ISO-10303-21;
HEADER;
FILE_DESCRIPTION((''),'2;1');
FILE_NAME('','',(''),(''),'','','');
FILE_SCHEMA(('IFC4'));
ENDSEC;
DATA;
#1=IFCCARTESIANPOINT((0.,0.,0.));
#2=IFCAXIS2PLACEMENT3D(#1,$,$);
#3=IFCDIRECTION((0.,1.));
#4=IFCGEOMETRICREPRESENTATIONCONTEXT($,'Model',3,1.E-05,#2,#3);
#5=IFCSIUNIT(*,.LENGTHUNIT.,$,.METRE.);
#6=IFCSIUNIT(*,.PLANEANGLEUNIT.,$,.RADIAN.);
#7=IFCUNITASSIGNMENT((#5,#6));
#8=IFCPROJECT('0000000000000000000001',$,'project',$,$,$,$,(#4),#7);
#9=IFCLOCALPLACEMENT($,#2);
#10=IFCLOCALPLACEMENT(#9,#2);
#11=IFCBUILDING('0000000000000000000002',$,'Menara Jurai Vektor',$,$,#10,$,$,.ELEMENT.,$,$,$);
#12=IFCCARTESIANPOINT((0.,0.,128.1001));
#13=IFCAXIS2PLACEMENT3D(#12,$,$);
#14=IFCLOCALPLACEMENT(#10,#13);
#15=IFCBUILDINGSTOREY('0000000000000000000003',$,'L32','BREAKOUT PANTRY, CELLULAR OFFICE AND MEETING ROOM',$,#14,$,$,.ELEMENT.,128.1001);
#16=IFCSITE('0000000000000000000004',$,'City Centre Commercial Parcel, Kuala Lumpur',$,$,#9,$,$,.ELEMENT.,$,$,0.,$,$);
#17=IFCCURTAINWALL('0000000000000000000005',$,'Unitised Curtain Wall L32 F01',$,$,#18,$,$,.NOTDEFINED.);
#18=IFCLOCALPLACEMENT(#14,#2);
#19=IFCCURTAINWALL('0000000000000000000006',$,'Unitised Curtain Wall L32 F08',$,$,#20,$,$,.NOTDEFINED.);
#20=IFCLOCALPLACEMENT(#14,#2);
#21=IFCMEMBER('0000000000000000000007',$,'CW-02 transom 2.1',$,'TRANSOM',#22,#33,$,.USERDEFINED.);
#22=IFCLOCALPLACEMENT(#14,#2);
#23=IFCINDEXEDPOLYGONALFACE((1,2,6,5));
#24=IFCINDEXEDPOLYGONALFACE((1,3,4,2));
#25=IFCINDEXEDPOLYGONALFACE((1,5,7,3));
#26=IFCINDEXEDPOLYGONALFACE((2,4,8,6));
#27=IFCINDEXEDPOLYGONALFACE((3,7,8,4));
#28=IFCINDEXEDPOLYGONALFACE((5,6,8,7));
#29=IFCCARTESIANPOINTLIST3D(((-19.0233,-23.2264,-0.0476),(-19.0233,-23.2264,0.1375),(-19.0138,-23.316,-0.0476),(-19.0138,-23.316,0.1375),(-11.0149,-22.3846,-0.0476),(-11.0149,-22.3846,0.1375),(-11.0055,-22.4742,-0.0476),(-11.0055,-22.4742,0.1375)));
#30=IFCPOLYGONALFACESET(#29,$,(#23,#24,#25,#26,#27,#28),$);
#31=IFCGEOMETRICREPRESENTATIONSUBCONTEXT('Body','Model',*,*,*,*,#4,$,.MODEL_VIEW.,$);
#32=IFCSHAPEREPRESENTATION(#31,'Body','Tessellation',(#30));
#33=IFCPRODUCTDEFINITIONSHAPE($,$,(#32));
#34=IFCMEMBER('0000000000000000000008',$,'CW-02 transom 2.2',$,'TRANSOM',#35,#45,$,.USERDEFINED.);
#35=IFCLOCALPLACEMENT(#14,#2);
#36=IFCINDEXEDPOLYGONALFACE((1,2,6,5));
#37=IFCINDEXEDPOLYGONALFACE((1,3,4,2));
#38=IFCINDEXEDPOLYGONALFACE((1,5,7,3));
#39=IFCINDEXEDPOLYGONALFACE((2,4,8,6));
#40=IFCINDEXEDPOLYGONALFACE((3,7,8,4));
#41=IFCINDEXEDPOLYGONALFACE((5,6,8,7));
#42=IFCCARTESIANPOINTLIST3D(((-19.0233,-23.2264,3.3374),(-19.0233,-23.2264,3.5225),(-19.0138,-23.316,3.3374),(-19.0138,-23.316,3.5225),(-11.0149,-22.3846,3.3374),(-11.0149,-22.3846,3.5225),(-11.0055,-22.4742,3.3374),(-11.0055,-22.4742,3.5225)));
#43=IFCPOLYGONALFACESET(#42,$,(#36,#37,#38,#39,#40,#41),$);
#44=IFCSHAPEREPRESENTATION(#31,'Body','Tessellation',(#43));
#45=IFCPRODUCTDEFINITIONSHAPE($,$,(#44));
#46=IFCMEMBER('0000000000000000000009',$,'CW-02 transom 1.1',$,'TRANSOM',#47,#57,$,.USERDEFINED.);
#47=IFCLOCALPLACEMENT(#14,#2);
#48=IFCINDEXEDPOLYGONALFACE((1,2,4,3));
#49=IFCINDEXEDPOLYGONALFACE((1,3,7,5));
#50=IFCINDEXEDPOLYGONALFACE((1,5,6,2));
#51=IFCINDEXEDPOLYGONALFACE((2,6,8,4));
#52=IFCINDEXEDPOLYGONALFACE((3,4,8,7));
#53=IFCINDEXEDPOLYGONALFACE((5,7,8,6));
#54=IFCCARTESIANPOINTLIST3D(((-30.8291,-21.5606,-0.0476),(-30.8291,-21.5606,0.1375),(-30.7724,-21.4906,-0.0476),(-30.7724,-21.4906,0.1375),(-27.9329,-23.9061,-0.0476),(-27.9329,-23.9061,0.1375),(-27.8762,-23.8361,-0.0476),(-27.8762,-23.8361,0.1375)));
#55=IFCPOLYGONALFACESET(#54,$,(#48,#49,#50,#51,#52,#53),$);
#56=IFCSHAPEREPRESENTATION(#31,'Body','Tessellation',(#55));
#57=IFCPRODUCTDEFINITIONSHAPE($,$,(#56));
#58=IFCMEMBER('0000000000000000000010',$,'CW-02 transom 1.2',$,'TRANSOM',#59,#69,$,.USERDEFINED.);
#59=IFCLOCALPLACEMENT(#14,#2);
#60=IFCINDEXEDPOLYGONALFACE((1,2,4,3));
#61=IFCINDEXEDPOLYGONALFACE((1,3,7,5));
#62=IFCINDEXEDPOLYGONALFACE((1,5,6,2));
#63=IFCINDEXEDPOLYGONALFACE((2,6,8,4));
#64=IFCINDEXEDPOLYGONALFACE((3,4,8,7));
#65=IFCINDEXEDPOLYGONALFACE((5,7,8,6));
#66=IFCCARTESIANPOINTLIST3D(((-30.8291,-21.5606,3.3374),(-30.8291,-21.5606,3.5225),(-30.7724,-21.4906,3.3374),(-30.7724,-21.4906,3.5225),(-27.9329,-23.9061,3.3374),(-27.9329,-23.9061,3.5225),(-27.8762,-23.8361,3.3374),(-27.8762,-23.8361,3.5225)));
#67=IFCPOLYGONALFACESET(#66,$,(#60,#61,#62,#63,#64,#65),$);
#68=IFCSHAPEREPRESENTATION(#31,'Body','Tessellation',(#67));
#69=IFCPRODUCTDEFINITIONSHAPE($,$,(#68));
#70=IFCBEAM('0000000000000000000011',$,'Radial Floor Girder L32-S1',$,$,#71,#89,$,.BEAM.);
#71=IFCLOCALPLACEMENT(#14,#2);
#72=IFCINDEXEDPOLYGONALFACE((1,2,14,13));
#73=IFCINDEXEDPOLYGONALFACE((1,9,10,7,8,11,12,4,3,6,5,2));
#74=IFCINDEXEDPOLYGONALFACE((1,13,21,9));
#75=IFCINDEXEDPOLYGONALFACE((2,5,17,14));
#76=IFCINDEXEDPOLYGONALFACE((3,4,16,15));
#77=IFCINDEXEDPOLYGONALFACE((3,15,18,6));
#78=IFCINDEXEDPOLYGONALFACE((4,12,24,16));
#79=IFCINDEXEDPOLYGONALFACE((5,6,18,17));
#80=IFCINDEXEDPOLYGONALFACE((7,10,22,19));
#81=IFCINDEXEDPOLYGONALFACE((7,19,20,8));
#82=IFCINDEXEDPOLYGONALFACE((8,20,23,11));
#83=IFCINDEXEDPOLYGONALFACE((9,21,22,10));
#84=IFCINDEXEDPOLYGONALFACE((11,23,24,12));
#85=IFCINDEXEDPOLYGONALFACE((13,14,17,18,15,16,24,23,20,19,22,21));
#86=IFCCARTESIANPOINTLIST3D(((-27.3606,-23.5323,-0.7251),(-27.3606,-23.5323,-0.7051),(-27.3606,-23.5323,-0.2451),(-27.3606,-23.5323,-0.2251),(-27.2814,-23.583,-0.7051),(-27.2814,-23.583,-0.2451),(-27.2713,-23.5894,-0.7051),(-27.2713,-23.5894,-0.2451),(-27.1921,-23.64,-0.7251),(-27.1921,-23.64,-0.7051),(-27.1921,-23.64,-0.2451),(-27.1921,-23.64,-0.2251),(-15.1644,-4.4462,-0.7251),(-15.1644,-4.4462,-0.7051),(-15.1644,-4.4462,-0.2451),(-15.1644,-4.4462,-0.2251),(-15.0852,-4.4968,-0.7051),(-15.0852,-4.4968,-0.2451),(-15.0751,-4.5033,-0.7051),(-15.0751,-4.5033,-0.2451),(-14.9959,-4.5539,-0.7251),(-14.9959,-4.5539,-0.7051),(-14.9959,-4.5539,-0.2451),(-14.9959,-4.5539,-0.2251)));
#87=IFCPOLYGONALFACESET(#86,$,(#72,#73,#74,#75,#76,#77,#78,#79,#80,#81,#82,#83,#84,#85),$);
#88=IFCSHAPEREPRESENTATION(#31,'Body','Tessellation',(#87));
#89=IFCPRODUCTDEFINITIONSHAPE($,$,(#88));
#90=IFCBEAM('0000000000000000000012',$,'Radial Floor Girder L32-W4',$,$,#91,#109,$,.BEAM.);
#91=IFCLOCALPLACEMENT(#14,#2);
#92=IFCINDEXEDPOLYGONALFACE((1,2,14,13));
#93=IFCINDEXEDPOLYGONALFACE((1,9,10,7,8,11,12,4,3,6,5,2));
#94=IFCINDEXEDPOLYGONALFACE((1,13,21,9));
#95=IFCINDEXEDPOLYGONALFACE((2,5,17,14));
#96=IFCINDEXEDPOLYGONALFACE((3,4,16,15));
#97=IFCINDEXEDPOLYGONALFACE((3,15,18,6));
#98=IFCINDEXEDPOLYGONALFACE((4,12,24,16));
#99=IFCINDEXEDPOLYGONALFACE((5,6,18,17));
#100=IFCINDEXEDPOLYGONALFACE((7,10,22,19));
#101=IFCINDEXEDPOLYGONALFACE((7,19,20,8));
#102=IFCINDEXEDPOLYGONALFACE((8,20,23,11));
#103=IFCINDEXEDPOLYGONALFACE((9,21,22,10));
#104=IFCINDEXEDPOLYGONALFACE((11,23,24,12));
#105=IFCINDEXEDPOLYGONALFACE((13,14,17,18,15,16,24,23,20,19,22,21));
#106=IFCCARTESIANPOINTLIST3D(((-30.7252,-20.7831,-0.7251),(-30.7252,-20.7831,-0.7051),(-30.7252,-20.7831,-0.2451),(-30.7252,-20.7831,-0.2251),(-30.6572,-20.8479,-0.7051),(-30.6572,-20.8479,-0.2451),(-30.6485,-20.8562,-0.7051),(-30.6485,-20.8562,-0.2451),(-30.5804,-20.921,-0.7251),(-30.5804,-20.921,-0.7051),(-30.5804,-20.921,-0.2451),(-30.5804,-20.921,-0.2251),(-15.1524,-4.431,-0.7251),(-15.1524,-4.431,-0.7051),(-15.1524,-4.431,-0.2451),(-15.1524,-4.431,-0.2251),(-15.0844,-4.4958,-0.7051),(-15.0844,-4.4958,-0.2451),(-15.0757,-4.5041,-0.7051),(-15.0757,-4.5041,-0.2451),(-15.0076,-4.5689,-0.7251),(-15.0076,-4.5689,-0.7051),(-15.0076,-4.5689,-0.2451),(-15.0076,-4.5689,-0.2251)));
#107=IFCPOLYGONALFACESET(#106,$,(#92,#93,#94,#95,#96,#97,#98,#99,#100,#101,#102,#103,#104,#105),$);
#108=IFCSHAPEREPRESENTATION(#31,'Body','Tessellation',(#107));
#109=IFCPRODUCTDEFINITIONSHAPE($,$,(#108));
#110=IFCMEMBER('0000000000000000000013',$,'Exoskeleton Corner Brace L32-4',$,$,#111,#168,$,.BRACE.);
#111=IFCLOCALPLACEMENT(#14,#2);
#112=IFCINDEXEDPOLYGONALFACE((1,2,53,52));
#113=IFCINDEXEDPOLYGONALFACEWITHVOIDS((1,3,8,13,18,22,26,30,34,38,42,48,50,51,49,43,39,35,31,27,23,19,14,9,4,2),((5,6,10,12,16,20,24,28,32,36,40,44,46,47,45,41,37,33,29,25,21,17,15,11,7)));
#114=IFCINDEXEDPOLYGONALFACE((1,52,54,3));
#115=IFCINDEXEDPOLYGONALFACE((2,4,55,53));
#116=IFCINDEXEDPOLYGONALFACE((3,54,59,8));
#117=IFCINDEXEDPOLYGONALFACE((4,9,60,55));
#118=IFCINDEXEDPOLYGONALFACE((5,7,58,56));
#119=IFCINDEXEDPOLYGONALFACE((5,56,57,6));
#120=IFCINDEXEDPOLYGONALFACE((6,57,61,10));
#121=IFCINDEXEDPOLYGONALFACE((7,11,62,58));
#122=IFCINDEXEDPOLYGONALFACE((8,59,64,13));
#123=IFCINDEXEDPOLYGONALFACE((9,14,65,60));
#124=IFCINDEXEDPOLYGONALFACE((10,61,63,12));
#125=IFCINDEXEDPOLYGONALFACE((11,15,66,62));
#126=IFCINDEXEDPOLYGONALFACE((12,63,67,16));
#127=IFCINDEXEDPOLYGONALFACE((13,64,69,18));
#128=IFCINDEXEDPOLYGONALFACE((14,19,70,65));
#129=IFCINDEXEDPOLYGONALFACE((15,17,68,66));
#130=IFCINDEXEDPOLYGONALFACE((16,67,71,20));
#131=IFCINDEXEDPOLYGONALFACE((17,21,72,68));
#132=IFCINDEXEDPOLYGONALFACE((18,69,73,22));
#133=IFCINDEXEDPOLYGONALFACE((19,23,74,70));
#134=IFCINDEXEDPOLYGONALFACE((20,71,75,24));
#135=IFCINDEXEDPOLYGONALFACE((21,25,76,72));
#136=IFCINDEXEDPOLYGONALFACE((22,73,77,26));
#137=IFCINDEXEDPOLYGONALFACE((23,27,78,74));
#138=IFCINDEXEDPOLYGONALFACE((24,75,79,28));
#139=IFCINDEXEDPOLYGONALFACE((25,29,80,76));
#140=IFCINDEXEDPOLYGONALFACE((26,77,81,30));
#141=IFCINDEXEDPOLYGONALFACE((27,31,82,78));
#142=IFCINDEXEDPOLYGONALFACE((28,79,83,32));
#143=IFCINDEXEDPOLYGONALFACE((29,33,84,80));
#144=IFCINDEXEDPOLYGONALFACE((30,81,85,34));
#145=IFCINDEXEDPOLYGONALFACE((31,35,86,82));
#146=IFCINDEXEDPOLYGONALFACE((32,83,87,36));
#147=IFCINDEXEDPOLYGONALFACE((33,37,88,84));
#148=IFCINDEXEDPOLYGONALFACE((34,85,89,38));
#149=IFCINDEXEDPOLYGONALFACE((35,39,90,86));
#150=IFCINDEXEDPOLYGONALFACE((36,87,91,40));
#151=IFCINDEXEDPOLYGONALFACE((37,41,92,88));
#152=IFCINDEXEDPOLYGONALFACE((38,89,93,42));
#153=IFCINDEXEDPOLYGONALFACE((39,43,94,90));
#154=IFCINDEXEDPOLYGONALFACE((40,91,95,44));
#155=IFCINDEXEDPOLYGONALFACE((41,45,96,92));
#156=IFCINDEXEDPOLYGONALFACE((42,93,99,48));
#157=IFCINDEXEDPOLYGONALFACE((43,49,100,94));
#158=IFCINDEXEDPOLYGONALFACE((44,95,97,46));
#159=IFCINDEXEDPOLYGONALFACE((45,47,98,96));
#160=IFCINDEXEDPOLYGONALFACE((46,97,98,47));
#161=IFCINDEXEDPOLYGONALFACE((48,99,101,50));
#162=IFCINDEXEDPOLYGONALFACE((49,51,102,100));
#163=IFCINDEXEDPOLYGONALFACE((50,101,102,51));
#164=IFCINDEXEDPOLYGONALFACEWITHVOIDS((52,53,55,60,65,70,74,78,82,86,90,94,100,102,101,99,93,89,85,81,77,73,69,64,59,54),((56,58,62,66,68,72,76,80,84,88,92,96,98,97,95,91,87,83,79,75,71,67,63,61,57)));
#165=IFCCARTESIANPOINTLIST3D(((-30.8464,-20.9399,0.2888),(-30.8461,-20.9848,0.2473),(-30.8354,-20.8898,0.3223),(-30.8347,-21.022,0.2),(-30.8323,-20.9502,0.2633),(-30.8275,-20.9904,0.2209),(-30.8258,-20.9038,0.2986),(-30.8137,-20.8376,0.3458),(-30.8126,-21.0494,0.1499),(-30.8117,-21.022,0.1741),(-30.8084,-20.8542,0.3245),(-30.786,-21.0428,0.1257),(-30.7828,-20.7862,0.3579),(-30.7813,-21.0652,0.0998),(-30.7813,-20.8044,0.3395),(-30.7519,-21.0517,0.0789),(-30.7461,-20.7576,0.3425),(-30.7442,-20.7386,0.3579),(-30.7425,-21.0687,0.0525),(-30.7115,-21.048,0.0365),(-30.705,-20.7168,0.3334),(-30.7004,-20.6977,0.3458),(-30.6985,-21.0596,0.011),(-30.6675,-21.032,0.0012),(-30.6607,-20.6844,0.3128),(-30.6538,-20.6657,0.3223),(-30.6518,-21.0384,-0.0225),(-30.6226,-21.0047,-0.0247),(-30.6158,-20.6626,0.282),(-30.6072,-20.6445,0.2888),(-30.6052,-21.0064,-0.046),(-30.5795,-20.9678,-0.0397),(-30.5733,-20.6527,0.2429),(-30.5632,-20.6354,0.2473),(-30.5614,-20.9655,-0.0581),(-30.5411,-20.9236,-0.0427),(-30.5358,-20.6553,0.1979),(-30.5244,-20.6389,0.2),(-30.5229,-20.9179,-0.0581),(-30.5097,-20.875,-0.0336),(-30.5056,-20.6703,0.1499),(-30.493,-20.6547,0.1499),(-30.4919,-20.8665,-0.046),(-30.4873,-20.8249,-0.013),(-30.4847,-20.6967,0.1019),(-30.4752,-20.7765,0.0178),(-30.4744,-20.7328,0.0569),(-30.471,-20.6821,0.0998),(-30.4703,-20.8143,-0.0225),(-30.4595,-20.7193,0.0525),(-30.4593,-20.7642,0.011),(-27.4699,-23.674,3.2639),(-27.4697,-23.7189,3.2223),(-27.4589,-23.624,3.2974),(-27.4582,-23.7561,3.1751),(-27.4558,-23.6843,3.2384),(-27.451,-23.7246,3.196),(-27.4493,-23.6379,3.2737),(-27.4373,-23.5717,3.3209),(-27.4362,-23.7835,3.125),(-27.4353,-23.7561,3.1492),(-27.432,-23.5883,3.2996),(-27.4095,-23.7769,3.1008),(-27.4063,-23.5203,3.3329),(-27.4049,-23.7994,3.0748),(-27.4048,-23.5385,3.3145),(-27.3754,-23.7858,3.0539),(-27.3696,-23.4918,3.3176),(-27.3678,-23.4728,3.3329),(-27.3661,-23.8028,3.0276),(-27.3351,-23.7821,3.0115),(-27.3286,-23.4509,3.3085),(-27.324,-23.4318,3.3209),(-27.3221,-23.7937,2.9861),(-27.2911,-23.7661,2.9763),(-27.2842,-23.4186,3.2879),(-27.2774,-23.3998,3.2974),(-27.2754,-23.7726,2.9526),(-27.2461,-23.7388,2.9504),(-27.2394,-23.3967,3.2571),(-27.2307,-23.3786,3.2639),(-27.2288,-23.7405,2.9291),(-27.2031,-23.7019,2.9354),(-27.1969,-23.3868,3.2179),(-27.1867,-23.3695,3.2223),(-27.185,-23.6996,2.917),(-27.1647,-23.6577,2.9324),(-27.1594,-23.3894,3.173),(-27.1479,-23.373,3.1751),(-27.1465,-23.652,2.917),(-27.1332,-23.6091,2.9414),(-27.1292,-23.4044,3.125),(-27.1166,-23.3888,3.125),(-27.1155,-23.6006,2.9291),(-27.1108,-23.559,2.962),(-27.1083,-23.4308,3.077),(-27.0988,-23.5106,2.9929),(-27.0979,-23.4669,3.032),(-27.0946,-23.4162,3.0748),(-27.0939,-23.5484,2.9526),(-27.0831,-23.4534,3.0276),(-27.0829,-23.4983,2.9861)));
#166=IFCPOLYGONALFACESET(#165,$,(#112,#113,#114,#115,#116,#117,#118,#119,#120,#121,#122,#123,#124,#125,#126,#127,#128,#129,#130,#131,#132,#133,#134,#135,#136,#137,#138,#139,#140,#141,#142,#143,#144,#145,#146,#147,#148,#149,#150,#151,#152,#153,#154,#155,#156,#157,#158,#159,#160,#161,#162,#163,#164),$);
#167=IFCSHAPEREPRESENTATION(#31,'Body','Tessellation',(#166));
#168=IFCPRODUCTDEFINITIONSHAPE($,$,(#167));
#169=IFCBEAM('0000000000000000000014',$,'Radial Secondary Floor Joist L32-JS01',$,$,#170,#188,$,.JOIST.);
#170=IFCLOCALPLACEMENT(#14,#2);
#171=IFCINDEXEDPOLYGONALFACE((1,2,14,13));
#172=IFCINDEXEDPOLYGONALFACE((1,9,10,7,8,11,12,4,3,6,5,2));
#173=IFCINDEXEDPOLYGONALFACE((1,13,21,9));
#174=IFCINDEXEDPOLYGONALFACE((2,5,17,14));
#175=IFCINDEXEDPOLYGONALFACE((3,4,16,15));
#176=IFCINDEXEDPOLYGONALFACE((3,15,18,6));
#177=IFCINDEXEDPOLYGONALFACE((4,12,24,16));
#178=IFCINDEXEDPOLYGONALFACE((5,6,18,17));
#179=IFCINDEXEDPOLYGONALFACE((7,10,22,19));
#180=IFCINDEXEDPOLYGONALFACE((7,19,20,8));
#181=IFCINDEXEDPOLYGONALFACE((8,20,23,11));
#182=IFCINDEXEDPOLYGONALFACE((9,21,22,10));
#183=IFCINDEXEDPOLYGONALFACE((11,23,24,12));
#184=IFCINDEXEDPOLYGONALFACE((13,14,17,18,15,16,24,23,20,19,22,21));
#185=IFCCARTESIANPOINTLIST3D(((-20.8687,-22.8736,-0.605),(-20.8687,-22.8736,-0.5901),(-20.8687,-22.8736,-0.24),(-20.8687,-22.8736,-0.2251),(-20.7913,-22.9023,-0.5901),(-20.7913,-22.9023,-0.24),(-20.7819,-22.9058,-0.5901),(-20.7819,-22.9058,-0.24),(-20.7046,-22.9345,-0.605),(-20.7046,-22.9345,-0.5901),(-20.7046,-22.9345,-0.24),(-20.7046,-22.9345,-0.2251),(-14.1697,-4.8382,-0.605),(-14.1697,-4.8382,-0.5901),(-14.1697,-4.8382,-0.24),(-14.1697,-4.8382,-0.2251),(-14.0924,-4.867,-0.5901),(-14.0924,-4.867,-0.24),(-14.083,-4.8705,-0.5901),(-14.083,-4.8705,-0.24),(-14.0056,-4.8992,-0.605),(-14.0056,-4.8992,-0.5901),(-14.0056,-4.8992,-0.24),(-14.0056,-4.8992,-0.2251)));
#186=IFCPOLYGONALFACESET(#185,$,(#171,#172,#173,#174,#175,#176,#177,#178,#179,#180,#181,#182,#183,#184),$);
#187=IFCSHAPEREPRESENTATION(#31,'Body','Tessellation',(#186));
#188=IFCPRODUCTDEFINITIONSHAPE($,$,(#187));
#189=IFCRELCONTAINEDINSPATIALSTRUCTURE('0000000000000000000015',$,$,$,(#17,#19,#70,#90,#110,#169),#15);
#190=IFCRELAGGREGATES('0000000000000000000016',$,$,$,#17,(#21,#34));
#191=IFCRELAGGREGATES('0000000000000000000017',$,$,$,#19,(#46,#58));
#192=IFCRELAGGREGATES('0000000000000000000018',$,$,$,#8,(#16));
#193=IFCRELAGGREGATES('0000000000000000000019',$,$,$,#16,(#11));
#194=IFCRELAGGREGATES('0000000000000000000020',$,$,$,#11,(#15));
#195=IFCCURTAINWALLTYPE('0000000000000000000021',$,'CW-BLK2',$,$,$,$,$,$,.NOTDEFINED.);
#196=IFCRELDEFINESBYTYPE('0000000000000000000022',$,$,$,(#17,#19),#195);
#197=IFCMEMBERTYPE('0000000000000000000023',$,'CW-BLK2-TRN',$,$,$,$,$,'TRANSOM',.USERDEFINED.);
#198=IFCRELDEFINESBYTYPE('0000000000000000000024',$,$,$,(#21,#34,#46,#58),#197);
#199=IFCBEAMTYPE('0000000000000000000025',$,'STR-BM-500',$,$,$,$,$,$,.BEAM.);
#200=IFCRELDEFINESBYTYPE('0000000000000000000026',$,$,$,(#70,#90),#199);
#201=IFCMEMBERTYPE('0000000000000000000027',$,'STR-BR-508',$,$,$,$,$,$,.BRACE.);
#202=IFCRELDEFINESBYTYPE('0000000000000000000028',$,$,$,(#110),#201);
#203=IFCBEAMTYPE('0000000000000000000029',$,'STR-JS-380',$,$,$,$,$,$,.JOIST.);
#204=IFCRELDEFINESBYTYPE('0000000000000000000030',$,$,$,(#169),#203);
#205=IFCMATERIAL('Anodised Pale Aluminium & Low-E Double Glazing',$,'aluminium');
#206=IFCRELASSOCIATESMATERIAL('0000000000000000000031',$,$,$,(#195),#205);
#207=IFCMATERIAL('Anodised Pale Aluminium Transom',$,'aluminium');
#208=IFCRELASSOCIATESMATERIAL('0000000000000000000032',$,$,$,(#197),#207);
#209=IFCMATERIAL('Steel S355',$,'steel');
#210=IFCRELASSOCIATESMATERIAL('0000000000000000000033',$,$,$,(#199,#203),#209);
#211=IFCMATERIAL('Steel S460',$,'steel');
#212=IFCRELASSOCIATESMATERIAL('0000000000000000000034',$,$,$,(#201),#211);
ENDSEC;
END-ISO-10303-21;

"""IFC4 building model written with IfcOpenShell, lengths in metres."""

from ifc_helpers import new_model, si_unit, direction, frame, origin, origin_2d, place, context, subcontext, project, spatial, rectangle, hollow_circle, i_section, extrude, material, material_profile, profile_set, type_object, element, aggregate, save


model = new_model("IFC4")

# Units and contexts
model_context = context("Model", 3, precision=1e-05, world=origin(), true_north=direction((0.0, 1.0)))
body_context = subcontext(model_context, "Body", "Model", "MODEL_VIEW")
ifc_project = project(units=[si_unit("LENGTHUNIT", "METRE"), si_unit("PLANEANGLEUNIT", "RADIAN")], contexts=[model_context])

# Site, building, storey
site_placement = place(None, origin())
site = spatial("IfcSite", under=ifc_project, at=site_placement, Name="City Centre Commercial Parcel, Kuala Lumpur", CompositionType="ELEMENT", RefElevation=0.0)
building_placement = place(site_placement, origin())
building = spatial("IfcBuilding", under=site, at=building_placement, Name="Menara Jurai Vektor", CompositionType="ELEMENT")
storey_placement = place(building_placement, frame((0.0, 0.0, 128.1001)))
storey = spatial("IfcBuildingStorey", under=building, at=storey_placement, Name="L32", Description="BREAKOUT PANTRY, CELLULAR OFFICE AND MEETING ROOM", CompositionType="ELEMENT", Elevation=128.1001)

# Shared definitions
ifc_material_1 = material(Name="Steel S460", Category="steel")

# Curtain wall
ifc_material_2 = material(Name="Anodised Pale Aluminium & Low-E Double Glazing", Category="aluminium")
curtain_wall_type = type_object("IfcCurtainWallType", Name="CW-BLK2", PredefinedType="NOTDEFINED", material=ifc_material_2)
curtain_wall_1_placement = place(storey_placement, origin())
curtain_wall_1 = element("IfcCurtainWall", 1, at=curtain_wall_1_placement, inside=storey, type_object=curtain_wall_type, Name="Unitised Curtain Wall L32 F01", PredefinedType="NOTDEFINED")

# Curtain wall
curtain_wall_2_placement = place(storey_placement, origin())
curtain_wall_2 = element("IfcCurtainWall", 2, at=curtain_wall_2_placement, inside=storey, type_object=curtain_wall_type, Name="Unitised Curtain Wall L32 F08", PredefinedType="NOTDEFINED")

# Members
ifc_material_3 = material(Name="Anodised Pale Aluminium Transom", Category="aluminium")
ifc_material_profile_1 = material_profile(ifc_material_3, rectangle(XDim=0.0901, YDim=0.1851, at=origin_2d()), Name="ALU TRN 90x185")
ifc_profile_set_1 = profile_set([ifc_material_profile_1], Name="Anodised Pale Aluminium Transom")
member_type_1 = type_object("IfcMemberType", Name="CW-BLK2-TRN", ElementType="TRANSOM", PredefinedType="USERDEFINED", material=ifc_profile_set_1)
member_1_placement = place(storey_placement, frame((-19.0186, -23.2712, 0.0449), z_axis=(0.994521, 0.10454, 0.0), x_axis=(-0.10454, 0.994521, 0.0)))
member_1 = element("IfcMember", 3, at=member_1_placement, type_object=member_type_1, Name="CW-02 transom 2.1", ObjectType="TRANSOM", PredefinedType="USERDEFINED", context=body_context, shape_type="SweptSolid", body=[
    extrude(rectangle(XDim=0.0901, YDim=0.1851, at=origin_2d()), origin(), (0.0, 0.0, 1.0), 8.0525),
])
member_2_placement = place(storey_placement, frame((-19.0186, -23.2712, 3.4299), z_axis=(0.994521, 0.10454, 0.0), x_axis=(-0.10454, 0.994521, 0.0)))
member_2 = element("IfcMember", 4, at=member_2_placement, type_object=member_type_1, Name="CW-02 transom 2.2", ObjectType="TRANSOM", PredefinedType="USERDEFINED", context=body_context, shape_type="SweptSolid", body=[
    extrude(rectangle(XDim=0.0901, YDim=0.1851, at=origin_2d()), origin(), (0.0, 0.0, 1.0), 8.0525),
])
member_3_placement = place(storey_placement, frame((-30.8008, -21.5256, 0.0449), z_axis=(0.777129, -0.629341, 0.0), x_axis=(0.629341, 0.777129, 0.0)))
member_3 = element("IfcMember", 5, at=member_3_placement, type_object=member_type_1, Name="CW-02 transom 1.1", ObjectType="TRANSOM", PredefinedType="USERDEFINED", context=body_context, shape_type="SweptSolid", body=[
    extrude(rectangle(XDim=0.0901, YDim=0.1851, at=origin_2d()), origin(), (0.0, 0.0, 1.0), 3.7268),
])
member_4_placement = place(storey_placement, frame((-30.8008, -21.5256, 3.4299), z_axis=(0.777129, -0.629341, 0.0), x_axis=(0.629341, 0.777129, 0.0)))
member_4 = element("IfcMember", 6, at=member_4_placement, type_object=member_type_1, Name="CW-02 transom 1.2", ObjectType="TRANSOM", PredefinedType="USERDEFINED", context=body_context, shape_type="SweptSolid", body=[
    extrude(rectangle(XDim=0.0901, YDim=0.1851, at=origin_2d()), origin(), (0.0, 0.0, 1.0), 3.7268),
])

# Beams
ifc_material_4 = material(Name="Steel S355", Category="steel")
ifc_material_profile_2 = material_profile(ifc_material_4, i_section(OverallWidth=0.2, OverallDepth=0.5, WebThickness=0.012, FlangeThickness=0.02, at=origin_2d()), Name="PG 500x200x96")
ifc_profile_set_2 = profile_set([ifc_material_profile_2], Name="Steel S355")
beam_type_1 = type_object("IfcBeamType", Name="STR-BM-500", PredefinedType="BEAM", material=ifc_profile_set_2)
beam_1_placement = place(storey_placement, frame((-27.2764, -23.5862, -0.4751), z_axis=(0.538463, 0.842649, 0.0), x_axis=(-0.842649, 0.538463, 0.0)))
element("IfcBeam", 7, at=beam_1_placement, inside=storey, type_object=beam_type_1, Name="Radial Floor Girder L32-S1", PredefinedType="BEAM", context=body_context, shape_type="SweptSolid", body=[
    extrude(i_section(OverallWidth=0.2, OverallDepth=0.5, WebThickness=0.012, FlangeThickness=0.02, at=origin_2d()), origin(), (0.0, 0.0, 1.0), 22.6501),
])
beam_2_placement = place(storey_placement, frame((-30.6528, -20.8521, -0.4751), z_axis=(0.689641, 0.724152, 0.0), x_axis=(-0.724152, 0.689641, 0.0)))
element("IfcBeam", 8, at=beam_2_placement, inside=storey, type_object=beam_type_1, Name="Radial Floor Girder L32-W4", PredefinedType="BEAM", context=body_context, shape_type="SweptSolid", body=[
    extrude(i_section(OverallWidth=0.2, OverallDepth=0.5, WebThickness=0.012, FlangeThickness=0.02, at=origin_2d()), origin(), (0.0, 0.0, 1.0), 22.5811),
])

# Member
ifc_material_profile_3 = material_profile(ifc_material_1, hollow_circle(Radius=0.2539, WallThickness=0.02, at=origin_2d()), Name="CHS 508x20")
ifc_profile_set_3 = profile_set([ifc_material_profile_3], Name="Steel S460")
member_type_2 = type_object("IfcMemberType", Name="STR-BR-508", PredefinedType="BRACE", material=ifc_profile_set_3)
member_5_placement = place(storey_placement, frame((-30.6528, -20.8521, 0.1499), z_axis=(0.641223, -0.519238, 0.565), x_axis=(0.62931, 0.777155, 0.0)))
element("IfcMember", 9, at=member_5_placement, inside=storey, type_object=member_type_2, Name="Exoskeleton Corner Brace L32-4", PredefinedType="BRACE", context=body_context, shape_type="SweptSolid", body=[
    extrude(hollow_circle(Radius=0.2539, WallThickness=0.02, at=origin_2d()), origin(), (0.0, 0.0, 1.0), 5.2656),
])

# Beam
ifc_material_profile_4 = material_profile(ifc_material_4, i_section(OverallWidth=0.175, OverallDepth=0.3799, WebThickness=0.01, FlangeThickness=0.0149, at=origin_2d()), Name="PG 380x175x58")
ifc_profile_set_4 = profile_set([ifc_material_profile_4], Name="Steel S355")
beam_type_2 = type_object("IfcBeamType", Name="STR-JS-380", PredefinedType="JOIST", material=ifc_profile_set_4)
beam_3_placement = place(storey_placement, frame((-20.7866, -22.9041, -0.415), z_axis=(0.348192, 0.937423, 0.0), x_axis=(-0.937423, 0.348192, 0.0)))
element("IfcBeam", 10, at=beam_3_placement, inside=storey, type_object=beam_type_2, Name="Radial Secondary Floor Joist L32-JS01", PredefinedType="JOIST", context=body_context, shape_type="SweptSolid", body=[
    extrude(i_section(OverallWidth=0.175, OverallDepth=0.3799, WebThickness=0.01, FlangeThickness=0.0149, at=origin_2d()), origin(), (0.0, 0.0, 1.0), 19.2393),
])

aggregate(curtain_wall_1, [member_1, member_2])
aggregate(curtain_wall_2, [member_3, member_4])

save(model, "model.ifc")
